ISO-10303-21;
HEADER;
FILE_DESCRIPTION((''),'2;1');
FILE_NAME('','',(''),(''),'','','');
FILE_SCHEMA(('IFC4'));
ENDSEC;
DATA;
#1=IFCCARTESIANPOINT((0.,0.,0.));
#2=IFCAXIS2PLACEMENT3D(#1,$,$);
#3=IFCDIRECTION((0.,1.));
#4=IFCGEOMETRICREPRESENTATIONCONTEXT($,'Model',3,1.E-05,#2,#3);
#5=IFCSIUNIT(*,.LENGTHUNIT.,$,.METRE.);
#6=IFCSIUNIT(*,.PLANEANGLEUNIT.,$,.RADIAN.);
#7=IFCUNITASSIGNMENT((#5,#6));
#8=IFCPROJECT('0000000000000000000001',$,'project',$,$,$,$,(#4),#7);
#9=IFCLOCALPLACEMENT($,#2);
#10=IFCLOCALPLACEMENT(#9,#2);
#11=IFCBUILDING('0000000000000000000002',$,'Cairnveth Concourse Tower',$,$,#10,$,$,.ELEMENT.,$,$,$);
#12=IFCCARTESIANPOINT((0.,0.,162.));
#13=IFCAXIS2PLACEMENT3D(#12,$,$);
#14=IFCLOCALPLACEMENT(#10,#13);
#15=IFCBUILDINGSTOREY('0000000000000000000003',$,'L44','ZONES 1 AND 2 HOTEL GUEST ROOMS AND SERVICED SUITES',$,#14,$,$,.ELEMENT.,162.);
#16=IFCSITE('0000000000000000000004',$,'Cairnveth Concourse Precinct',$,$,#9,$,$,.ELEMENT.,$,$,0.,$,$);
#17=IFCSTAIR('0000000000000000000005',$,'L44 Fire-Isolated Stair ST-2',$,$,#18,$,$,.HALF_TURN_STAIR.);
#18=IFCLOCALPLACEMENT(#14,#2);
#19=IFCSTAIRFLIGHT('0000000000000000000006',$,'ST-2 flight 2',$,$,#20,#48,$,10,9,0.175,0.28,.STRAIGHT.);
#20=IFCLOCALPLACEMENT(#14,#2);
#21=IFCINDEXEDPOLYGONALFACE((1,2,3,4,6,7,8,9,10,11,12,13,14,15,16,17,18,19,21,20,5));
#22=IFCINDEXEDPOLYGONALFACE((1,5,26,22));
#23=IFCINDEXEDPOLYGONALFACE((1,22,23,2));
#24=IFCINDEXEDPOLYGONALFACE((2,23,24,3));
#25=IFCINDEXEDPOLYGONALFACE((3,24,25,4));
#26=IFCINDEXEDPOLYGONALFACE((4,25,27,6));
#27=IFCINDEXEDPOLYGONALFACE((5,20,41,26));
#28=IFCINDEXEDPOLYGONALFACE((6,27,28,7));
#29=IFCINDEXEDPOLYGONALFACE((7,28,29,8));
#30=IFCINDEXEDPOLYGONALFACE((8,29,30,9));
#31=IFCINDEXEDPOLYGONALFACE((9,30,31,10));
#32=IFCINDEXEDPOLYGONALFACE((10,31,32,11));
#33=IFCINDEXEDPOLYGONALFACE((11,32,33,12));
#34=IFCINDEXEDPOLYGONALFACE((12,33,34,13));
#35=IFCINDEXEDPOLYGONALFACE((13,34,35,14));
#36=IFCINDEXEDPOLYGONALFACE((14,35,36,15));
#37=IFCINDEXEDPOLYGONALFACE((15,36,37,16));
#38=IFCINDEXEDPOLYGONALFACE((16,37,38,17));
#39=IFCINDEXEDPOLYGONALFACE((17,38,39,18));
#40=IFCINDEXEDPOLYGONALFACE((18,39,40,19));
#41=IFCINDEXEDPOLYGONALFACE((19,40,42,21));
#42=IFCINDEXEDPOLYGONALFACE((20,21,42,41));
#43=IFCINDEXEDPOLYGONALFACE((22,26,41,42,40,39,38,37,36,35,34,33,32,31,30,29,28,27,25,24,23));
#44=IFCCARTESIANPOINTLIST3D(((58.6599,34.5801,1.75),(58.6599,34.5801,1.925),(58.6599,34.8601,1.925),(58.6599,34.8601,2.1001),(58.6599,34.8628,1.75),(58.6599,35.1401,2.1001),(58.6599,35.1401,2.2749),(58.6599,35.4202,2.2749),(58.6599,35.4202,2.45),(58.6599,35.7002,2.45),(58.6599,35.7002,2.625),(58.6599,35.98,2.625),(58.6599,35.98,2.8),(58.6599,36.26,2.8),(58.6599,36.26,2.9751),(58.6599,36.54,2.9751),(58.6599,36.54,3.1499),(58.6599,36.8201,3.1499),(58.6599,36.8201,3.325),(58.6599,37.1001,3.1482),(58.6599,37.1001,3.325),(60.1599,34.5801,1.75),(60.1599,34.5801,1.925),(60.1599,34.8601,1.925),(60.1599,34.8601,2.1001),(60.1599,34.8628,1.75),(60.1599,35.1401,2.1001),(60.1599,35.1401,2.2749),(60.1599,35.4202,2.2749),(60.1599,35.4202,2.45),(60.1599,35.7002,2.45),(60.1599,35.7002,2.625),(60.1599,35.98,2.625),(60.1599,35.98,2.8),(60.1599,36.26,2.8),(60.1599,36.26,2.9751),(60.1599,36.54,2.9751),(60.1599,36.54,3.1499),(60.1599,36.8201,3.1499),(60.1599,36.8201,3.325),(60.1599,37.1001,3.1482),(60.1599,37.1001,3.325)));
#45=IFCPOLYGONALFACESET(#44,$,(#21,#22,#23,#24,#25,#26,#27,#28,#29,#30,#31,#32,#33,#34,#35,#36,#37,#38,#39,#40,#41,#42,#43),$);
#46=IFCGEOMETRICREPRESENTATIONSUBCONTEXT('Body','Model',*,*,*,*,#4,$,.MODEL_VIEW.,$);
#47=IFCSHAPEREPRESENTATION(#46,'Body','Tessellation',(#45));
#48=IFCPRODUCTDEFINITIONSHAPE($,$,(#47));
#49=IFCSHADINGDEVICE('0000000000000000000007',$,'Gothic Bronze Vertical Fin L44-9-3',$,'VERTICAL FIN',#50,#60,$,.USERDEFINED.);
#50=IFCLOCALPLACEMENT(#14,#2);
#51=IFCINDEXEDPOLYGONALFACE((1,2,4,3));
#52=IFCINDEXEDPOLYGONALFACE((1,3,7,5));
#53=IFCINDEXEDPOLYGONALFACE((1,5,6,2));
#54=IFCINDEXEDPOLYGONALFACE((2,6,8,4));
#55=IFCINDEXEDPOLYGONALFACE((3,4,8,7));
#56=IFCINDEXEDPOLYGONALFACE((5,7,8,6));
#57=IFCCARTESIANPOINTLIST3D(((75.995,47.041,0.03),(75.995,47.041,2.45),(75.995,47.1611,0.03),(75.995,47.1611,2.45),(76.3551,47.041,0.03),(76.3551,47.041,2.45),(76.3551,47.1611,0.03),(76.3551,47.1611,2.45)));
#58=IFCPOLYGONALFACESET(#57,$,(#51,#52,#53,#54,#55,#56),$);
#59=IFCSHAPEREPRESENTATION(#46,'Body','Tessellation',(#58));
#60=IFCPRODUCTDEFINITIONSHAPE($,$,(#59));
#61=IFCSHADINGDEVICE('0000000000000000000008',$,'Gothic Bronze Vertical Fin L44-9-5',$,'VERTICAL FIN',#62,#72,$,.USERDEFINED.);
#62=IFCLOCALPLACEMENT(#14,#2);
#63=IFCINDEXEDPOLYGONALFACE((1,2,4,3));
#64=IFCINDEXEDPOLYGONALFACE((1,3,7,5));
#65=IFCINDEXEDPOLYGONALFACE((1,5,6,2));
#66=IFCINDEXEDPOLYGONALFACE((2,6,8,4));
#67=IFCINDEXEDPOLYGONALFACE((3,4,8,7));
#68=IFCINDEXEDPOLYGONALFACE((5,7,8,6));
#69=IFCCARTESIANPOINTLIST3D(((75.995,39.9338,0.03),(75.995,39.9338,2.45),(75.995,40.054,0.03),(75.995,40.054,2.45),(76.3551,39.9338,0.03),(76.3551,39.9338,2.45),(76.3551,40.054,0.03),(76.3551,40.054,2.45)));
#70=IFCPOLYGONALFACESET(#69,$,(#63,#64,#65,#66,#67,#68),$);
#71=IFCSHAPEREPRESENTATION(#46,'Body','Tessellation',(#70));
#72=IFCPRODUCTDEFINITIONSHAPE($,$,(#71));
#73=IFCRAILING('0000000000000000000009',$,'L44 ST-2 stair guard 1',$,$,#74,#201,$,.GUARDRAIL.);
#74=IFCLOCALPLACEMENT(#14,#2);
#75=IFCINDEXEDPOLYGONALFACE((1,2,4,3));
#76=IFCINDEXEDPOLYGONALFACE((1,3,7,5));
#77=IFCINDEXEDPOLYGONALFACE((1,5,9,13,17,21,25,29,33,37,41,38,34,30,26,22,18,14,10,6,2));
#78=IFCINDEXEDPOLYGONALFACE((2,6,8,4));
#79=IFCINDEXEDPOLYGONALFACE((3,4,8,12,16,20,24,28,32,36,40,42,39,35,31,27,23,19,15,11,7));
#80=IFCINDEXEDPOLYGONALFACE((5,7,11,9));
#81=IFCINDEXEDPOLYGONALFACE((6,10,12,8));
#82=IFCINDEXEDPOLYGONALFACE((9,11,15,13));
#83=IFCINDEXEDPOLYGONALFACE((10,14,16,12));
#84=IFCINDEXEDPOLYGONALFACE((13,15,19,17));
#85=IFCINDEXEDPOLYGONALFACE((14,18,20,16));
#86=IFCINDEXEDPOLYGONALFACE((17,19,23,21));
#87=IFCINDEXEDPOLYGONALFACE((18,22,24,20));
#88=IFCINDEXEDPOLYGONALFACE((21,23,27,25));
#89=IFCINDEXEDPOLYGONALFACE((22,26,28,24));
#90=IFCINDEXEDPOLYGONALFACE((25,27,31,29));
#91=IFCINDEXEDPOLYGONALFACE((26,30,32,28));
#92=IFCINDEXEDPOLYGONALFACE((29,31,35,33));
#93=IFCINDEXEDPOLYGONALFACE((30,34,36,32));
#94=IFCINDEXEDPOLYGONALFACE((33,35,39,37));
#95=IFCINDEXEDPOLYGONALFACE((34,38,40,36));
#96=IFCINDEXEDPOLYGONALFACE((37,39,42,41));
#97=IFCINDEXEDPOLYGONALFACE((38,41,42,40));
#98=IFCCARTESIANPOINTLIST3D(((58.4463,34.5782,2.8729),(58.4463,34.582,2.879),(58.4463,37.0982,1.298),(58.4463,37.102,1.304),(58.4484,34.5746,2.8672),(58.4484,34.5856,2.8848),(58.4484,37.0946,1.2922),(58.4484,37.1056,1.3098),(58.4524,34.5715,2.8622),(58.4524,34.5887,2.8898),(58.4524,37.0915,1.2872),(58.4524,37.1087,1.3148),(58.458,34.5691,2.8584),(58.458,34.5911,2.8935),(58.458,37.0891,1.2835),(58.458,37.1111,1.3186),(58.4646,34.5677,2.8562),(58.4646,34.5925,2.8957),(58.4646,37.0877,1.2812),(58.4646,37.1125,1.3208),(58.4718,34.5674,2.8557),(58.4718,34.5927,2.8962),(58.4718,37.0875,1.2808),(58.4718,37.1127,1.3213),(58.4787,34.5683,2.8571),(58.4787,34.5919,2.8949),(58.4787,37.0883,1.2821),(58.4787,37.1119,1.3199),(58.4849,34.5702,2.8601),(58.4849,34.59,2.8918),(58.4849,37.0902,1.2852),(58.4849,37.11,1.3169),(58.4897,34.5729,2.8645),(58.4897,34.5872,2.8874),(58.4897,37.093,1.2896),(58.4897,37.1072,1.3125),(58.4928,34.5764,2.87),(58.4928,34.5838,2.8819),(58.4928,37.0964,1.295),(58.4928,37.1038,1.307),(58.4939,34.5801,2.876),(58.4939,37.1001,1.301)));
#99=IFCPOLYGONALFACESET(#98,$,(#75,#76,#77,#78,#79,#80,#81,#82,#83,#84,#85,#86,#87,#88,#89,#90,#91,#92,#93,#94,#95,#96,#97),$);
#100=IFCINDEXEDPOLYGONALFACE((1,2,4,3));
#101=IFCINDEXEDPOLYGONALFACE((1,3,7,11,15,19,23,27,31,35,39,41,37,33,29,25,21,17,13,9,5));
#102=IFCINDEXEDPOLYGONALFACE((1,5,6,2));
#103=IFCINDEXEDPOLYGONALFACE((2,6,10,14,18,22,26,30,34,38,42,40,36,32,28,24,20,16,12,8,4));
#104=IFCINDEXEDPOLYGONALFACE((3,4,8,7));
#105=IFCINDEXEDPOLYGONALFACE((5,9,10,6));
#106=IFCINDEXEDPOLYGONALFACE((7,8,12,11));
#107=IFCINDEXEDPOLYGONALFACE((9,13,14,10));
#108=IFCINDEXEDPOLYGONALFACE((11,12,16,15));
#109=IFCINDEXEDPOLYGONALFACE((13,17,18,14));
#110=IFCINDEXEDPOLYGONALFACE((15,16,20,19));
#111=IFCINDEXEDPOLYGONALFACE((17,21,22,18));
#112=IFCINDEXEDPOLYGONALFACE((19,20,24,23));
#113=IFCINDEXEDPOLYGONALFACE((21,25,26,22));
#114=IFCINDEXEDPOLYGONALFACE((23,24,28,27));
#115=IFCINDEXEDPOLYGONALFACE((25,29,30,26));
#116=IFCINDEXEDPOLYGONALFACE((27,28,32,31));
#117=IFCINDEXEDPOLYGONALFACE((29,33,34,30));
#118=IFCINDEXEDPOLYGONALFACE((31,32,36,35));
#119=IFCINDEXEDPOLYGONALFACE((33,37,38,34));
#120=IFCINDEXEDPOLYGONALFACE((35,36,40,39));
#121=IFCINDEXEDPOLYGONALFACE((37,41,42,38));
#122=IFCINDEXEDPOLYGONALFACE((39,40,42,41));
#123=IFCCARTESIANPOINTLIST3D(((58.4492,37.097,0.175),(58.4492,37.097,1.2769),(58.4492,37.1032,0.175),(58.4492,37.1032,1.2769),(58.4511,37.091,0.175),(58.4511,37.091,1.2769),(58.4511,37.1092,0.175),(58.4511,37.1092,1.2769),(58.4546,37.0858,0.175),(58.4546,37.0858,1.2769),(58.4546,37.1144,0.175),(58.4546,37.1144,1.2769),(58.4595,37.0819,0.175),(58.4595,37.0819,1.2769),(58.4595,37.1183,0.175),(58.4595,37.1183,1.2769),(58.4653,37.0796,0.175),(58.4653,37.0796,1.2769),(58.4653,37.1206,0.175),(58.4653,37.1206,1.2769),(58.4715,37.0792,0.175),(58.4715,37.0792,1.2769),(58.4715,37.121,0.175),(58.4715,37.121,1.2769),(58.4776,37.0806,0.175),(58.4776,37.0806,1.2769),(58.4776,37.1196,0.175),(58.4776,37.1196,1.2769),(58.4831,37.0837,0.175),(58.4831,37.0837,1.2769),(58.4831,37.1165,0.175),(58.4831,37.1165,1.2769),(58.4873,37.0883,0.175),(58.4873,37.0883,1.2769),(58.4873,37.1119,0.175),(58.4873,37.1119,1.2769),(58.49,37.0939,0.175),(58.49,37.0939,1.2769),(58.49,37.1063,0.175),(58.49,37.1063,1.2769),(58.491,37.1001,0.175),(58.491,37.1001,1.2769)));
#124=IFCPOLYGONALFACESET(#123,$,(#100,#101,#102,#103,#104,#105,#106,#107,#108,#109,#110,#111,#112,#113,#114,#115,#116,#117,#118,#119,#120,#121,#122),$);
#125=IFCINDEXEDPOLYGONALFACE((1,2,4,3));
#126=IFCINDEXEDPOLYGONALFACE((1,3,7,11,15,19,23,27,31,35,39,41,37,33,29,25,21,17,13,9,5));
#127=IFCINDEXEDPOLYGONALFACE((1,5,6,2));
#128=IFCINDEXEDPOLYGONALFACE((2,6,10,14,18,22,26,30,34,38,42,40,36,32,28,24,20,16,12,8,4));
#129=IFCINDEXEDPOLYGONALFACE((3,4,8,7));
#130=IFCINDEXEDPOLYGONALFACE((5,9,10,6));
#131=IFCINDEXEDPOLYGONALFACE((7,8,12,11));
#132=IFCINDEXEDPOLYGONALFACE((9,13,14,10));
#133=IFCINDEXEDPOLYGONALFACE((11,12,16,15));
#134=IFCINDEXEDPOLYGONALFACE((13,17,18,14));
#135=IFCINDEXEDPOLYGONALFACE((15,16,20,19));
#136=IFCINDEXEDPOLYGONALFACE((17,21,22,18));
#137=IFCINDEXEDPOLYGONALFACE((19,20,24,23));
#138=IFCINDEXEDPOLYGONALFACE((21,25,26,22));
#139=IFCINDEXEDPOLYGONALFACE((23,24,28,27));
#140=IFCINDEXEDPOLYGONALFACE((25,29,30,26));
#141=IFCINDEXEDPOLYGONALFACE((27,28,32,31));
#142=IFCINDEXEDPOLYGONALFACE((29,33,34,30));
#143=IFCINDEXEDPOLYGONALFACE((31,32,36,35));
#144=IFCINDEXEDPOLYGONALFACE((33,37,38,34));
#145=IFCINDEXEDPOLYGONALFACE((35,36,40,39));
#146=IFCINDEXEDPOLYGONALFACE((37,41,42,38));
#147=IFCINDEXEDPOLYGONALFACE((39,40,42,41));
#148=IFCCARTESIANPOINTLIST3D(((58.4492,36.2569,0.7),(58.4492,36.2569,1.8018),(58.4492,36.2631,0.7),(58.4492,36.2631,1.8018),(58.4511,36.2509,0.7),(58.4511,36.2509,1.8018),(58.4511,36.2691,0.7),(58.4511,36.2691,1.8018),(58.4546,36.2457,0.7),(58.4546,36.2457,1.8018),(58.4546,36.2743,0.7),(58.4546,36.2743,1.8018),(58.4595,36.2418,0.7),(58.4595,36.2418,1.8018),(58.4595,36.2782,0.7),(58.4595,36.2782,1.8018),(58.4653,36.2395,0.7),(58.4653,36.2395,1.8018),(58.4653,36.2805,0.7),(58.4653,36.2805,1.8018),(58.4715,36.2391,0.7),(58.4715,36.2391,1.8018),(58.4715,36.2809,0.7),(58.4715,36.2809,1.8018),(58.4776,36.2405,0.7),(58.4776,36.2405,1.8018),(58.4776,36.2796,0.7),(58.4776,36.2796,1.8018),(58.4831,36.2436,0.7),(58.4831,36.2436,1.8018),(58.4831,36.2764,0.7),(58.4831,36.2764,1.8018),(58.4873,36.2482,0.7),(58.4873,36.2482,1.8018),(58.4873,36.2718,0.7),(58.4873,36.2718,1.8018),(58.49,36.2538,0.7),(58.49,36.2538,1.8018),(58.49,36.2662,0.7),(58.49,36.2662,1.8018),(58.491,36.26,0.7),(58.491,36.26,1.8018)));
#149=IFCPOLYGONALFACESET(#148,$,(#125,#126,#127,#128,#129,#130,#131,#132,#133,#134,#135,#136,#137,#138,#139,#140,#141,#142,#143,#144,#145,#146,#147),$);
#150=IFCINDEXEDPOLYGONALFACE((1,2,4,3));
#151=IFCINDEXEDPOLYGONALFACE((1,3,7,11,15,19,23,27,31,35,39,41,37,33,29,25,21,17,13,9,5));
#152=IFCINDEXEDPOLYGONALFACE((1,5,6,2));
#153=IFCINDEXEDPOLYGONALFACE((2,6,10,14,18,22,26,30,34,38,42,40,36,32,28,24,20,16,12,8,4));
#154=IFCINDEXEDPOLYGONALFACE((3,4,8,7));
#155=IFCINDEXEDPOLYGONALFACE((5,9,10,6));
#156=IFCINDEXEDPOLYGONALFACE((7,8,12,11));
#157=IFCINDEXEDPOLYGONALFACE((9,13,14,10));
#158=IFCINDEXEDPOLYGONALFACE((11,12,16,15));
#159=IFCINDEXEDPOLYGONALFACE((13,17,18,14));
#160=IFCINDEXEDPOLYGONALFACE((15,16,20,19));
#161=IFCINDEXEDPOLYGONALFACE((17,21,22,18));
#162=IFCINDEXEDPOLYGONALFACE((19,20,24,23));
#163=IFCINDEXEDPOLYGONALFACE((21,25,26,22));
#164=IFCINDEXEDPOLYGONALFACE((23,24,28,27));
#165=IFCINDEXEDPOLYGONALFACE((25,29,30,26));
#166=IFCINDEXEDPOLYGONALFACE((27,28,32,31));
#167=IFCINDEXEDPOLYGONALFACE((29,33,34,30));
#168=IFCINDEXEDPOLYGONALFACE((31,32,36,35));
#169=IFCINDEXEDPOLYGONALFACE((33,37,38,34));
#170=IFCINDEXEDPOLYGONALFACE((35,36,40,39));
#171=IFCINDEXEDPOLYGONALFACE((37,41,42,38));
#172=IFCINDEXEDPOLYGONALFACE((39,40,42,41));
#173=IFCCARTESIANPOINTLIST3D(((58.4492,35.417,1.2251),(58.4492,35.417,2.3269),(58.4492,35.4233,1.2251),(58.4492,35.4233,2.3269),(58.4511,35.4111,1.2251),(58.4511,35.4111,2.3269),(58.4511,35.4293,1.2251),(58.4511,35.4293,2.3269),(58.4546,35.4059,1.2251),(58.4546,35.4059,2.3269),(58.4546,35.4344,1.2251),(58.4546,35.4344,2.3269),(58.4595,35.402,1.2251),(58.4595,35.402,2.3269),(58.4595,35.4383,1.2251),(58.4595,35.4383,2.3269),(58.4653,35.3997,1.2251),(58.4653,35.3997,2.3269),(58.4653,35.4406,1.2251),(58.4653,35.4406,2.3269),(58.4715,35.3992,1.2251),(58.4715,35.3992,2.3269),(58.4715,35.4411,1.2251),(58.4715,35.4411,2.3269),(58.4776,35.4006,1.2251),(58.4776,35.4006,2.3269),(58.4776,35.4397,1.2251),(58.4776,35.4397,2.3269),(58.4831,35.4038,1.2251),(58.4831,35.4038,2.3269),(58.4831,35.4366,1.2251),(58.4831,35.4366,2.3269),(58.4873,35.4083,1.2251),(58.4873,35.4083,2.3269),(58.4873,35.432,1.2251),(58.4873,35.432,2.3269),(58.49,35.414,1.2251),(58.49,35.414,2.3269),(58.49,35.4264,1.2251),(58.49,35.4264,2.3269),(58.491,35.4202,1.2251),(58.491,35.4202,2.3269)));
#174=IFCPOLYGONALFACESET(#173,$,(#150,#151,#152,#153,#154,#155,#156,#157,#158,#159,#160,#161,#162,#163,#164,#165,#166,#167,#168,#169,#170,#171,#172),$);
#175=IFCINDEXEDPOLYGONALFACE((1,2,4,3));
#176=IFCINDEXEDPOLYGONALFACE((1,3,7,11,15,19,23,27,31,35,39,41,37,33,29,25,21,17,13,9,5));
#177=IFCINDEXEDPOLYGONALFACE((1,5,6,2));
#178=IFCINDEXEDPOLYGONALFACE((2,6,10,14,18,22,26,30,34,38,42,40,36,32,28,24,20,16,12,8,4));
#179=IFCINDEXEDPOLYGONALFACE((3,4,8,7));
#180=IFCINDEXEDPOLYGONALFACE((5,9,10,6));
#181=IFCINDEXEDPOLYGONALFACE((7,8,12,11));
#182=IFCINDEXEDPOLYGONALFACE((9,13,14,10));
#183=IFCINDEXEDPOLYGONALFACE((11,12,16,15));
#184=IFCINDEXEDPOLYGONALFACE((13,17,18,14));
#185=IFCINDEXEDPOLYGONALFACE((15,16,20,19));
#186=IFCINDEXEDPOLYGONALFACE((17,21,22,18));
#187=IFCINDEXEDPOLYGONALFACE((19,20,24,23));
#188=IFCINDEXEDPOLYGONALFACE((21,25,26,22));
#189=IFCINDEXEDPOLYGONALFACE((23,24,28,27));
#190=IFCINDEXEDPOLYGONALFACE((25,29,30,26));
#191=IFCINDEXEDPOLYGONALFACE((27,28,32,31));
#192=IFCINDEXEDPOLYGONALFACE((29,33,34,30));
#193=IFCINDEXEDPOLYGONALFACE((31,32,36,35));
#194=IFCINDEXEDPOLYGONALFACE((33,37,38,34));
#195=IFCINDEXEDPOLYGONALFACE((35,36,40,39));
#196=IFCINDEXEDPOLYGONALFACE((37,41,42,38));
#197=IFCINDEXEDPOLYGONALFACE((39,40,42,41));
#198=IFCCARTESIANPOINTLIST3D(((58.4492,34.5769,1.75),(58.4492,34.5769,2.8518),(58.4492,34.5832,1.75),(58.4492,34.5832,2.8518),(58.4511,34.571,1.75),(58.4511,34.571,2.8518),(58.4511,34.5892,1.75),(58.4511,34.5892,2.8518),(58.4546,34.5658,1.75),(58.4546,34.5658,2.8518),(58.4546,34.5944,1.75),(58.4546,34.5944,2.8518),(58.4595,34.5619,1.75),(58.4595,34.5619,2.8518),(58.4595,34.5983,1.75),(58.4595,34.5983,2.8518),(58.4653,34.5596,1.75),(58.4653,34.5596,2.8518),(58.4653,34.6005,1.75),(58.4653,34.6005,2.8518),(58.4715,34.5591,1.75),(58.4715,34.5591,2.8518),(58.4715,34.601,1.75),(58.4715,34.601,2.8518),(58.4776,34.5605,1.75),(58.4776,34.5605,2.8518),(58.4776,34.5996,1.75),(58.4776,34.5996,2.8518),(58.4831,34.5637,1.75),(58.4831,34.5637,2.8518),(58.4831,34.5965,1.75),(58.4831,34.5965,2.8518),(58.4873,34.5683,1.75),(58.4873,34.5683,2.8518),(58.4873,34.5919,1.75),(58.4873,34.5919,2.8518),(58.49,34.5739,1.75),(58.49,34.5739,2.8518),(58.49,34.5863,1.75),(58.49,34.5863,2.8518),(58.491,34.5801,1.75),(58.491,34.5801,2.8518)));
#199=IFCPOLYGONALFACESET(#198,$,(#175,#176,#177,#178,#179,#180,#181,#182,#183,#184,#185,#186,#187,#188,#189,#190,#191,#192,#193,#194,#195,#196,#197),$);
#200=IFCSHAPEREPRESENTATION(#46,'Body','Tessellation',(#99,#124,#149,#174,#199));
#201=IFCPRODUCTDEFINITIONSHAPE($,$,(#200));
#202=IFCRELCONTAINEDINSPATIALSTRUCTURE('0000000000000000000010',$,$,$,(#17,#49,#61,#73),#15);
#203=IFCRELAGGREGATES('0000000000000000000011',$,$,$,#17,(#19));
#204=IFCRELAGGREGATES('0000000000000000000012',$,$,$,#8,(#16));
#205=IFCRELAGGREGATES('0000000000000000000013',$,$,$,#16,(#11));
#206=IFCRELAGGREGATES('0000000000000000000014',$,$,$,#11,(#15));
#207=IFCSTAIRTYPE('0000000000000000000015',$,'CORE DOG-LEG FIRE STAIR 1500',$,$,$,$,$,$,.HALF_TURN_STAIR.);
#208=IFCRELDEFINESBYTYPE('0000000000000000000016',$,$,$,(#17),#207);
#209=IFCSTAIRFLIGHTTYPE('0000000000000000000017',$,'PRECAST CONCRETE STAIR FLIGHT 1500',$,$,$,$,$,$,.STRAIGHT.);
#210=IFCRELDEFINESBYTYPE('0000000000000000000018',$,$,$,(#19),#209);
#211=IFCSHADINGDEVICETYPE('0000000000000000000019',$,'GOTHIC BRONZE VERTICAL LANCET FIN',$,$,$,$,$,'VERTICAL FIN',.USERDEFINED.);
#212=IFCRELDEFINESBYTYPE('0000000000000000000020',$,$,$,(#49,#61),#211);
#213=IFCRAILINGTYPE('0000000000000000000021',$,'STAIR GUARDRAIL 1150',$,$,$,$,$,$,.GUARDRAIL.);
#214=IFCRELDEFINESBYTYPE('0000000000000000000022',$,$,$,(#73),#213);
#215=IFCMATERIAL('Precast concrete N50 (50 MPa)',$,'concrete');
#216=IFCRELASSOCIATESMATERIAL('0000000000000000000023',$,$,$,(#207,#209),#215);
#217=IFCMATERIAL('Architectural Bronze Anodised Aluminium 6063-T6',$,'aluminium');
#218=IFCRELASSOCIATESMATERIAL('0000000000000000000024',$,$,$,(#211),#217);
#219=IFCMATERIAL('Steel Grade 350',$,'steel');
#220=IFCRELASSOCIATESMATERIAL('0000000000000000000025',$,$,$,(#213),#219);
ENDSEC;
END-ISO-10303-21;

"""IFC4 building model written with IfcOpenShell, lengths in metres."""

from ifc_helpers import new_model, si_unit, direction, frame, origin, origin_2d, place, context, subcontext, project, spatial, polyline, rectangle, circle, outline, extrude, material, type_object, element, aggregate, save


model = new_model("IFC4")

# Units and contexts
model_context = context("Model", 3, precision=1e-05, world=origin(), true_north=direction((0.0, 1.0)))
body_context = subcontext(model_context, "Body", "Model", "MODEL_VIEW")
ifc_project = project(units=[si_unit("LENGTHUNIT", "METRE"), si_unit("PLANEANGLEUNIT", "RADIAN")], contexts=[model_context])

# Site, building, storey
site_placement = place(None, origin())
site = spatial("IfcSite", under=ifc_project, at=site_placement, Name="Cairnveth Concourse Precinct", CompositionType="ELEMENT", RefElevation=0.0)
building_placement = place(site_placement, origin())
building = spatial("IfcBuilding", under=site, at=building_placement, Name="Cairnveth Concourse Tower", CompositionType="ELEMENT")
storey_placement = place(building_placement, frame((0.0, 0.0, 162.0)))
storey = spatial("IfcBuildingStorey", under=building, at=storey_placement, Name="L44", Description="ZONES 1 AND 2 HOTEL GUEST ROOMS AND SERVICED SUITES", CompositionType="ELEMENT", Elevation=162.0)

# Shared definitions
ifc_material_1 = material(Name="Steel Grade 350", Category="steel")

# Stair, stair flight
ifc_material_2 = material(Name="Precast concrete N50 (50 MPa)", Category="concrete")
stair_type = type_object("IfcStairType", Name="CORE DOG-LEG FIRE STAIR 1500", PredefinedType="HALF_TURN_STAIR", material=ifc_material_2)
stair_placement = place(storey_placement, origin())
stair = element("IfcStair", 1, at=stair_placement, inside=storey, type_object=stair_type, Name="L44 Fire-Isolated Stair ST-2", PredefinedType="HALF_TURN_STAIR")
stair_flight_type = type_object("IfcStairFlightType", Name="PRECAST CONCRETE STAIR FLIGHT 1500", PredefinedType="STRAIGHT", material=ifc_material_2)
stair_flight_placement = place(storey_placement, frame((59.4099, 34.5801, 1.75), z_axis=(0.0, 0.0, 1.0), x_axis=(0.0, 1.0, 0.0)))
stair_flight = element("IfcStairFlight", 2, at=stair_flight_placement, type_object=stair_flight_type, Name="ST-2 flight 2", NumberOfRisers=10, NumberOfTreads=9, PredefinedType="STRAIGHT", RiserHeight=0.175, TreadLength=0.28, context=body_context, shape_type="SweptSolid", body=[
    extrude(outline(polyline([(0.0, 0.0), (0.0, 0.175), (0.28, 0.175), (0.28, 0.3501), (0.5601, 0.3501), (0.5601, 0.5249), (0.8401, 0.5249), (0.8401, 0.7), (1.1201, 0.7), (1.1201, 0.875), (1.3999, 0.875), (1.3999, 1.05), (1.6799, 1.05), (1.6799, 1.2251), (1.96, 1.2251), (1.96, 1.3999), (2.24, 1.3999), (2.24, 1.575), (2.52, 1.575), (2.52, 1.75), (2.52, 1.3982), (0.2827, 0.0), (0.0, 0.0)])), frame((0.0, 0.75, 0.0), z_axis=(0.0, -1.0, 0.0), x_axis=(1.0, 0.0, 0.0)), (0.0, 0.0, 1.0), 1.5),
])
aggregate(stair, [stair_flight])

# Shading devices
ifc_material_3 = material(Name="Architectural Bronze Anodised Aluminium 6063-T6", Category="aluminium")
shading_device_type = type_object("IfcShadingDeviceType", Name="GOTHIC BRONZE VERTICAL LANCET FIN", ElementType="VERTICAL FIN", PredefinedType="USERDEFINED", material=ifc_material_3)
for number, where, z_axis, x_axis, name in (
    (3, (76.175, 47.1011, 0.03), (0.0, 0.0, 1.0), (0.0, 1.0, 0.0), "Gothic Bronze Vertical Fin L44-9-3"),
    (4, (76.175, 39.9939, 0.03), (0.0, 0.0, 1.0), (0.0, 1.0, 0.0), "Gothic Bronze Vertical Fin L44-9-5"),
):
    element("IfcShadingDevice", number, at=place(storey_placement, frame(where, z_axis=z_axis, x_axis=x_axis)), inside=storey, type_object=shading_device_type, Name=name, ObjectType="VERTICAL FIN", PredefinedType="USERDEFINED", context=body_context, shape_type="SweptSolid", body=[
        extrude(rectangle(XDim=0.1201, YDim=0.3601, at=origin_2d()), origin(), (0.0, 0.0, 1.0), 2.4199),
    ])

# Railing
railing_type_1 = type_object("IfcRailingType", Name="STAIR GUARDRAIL 1150", PredefinedType="GUARDRAIL", material=ifc_material_1)
railing_1_placement = place(storey_placement, frame((58.47, 37.1001, 0.175)))
element("IfcRailing", 5, at=railing_1_placement, inside=storey, type_object=railing_type_1, Name="L44 ST-2 stair guard 1", PredefinedType="GUARDRAIL", context=body_context, shape_type="SweptSolid", body=[
    extrude(circle(Radius=0.0239, at=origin_2d()), frame((0.0, 0.0, 1.126), z_axis=(0.0, -0.848008, 0.529984), x_axis=(1.0, 0.0, 0.0)), (0.0, 0.0, 1.0), 2.9717),
    extrude(circle(Radius=0.021, at=origin_2d()), origin(), (0.0, 0.0, 1.0), 1.1018),
    extrude(circle(Radius=0.021, at=origin_2d()), frame((0.0, -0.8401, 0.5249)), (0.0, 0.0, 1.0), 1.1018),
    extrude(circle(Radius=0.021, at=origin_2d()), frame((0.0, -1.6799, 1.05)), (0.0, 0.0, 1.0), 1.1018),
    extrude(circle(Radius=0.021, at=origin_2d()), frame((0.0, -2.52, 1.575)), (0.0, 0.0, 1.0), 1.1018),
])

save(model, "model.ifc")
